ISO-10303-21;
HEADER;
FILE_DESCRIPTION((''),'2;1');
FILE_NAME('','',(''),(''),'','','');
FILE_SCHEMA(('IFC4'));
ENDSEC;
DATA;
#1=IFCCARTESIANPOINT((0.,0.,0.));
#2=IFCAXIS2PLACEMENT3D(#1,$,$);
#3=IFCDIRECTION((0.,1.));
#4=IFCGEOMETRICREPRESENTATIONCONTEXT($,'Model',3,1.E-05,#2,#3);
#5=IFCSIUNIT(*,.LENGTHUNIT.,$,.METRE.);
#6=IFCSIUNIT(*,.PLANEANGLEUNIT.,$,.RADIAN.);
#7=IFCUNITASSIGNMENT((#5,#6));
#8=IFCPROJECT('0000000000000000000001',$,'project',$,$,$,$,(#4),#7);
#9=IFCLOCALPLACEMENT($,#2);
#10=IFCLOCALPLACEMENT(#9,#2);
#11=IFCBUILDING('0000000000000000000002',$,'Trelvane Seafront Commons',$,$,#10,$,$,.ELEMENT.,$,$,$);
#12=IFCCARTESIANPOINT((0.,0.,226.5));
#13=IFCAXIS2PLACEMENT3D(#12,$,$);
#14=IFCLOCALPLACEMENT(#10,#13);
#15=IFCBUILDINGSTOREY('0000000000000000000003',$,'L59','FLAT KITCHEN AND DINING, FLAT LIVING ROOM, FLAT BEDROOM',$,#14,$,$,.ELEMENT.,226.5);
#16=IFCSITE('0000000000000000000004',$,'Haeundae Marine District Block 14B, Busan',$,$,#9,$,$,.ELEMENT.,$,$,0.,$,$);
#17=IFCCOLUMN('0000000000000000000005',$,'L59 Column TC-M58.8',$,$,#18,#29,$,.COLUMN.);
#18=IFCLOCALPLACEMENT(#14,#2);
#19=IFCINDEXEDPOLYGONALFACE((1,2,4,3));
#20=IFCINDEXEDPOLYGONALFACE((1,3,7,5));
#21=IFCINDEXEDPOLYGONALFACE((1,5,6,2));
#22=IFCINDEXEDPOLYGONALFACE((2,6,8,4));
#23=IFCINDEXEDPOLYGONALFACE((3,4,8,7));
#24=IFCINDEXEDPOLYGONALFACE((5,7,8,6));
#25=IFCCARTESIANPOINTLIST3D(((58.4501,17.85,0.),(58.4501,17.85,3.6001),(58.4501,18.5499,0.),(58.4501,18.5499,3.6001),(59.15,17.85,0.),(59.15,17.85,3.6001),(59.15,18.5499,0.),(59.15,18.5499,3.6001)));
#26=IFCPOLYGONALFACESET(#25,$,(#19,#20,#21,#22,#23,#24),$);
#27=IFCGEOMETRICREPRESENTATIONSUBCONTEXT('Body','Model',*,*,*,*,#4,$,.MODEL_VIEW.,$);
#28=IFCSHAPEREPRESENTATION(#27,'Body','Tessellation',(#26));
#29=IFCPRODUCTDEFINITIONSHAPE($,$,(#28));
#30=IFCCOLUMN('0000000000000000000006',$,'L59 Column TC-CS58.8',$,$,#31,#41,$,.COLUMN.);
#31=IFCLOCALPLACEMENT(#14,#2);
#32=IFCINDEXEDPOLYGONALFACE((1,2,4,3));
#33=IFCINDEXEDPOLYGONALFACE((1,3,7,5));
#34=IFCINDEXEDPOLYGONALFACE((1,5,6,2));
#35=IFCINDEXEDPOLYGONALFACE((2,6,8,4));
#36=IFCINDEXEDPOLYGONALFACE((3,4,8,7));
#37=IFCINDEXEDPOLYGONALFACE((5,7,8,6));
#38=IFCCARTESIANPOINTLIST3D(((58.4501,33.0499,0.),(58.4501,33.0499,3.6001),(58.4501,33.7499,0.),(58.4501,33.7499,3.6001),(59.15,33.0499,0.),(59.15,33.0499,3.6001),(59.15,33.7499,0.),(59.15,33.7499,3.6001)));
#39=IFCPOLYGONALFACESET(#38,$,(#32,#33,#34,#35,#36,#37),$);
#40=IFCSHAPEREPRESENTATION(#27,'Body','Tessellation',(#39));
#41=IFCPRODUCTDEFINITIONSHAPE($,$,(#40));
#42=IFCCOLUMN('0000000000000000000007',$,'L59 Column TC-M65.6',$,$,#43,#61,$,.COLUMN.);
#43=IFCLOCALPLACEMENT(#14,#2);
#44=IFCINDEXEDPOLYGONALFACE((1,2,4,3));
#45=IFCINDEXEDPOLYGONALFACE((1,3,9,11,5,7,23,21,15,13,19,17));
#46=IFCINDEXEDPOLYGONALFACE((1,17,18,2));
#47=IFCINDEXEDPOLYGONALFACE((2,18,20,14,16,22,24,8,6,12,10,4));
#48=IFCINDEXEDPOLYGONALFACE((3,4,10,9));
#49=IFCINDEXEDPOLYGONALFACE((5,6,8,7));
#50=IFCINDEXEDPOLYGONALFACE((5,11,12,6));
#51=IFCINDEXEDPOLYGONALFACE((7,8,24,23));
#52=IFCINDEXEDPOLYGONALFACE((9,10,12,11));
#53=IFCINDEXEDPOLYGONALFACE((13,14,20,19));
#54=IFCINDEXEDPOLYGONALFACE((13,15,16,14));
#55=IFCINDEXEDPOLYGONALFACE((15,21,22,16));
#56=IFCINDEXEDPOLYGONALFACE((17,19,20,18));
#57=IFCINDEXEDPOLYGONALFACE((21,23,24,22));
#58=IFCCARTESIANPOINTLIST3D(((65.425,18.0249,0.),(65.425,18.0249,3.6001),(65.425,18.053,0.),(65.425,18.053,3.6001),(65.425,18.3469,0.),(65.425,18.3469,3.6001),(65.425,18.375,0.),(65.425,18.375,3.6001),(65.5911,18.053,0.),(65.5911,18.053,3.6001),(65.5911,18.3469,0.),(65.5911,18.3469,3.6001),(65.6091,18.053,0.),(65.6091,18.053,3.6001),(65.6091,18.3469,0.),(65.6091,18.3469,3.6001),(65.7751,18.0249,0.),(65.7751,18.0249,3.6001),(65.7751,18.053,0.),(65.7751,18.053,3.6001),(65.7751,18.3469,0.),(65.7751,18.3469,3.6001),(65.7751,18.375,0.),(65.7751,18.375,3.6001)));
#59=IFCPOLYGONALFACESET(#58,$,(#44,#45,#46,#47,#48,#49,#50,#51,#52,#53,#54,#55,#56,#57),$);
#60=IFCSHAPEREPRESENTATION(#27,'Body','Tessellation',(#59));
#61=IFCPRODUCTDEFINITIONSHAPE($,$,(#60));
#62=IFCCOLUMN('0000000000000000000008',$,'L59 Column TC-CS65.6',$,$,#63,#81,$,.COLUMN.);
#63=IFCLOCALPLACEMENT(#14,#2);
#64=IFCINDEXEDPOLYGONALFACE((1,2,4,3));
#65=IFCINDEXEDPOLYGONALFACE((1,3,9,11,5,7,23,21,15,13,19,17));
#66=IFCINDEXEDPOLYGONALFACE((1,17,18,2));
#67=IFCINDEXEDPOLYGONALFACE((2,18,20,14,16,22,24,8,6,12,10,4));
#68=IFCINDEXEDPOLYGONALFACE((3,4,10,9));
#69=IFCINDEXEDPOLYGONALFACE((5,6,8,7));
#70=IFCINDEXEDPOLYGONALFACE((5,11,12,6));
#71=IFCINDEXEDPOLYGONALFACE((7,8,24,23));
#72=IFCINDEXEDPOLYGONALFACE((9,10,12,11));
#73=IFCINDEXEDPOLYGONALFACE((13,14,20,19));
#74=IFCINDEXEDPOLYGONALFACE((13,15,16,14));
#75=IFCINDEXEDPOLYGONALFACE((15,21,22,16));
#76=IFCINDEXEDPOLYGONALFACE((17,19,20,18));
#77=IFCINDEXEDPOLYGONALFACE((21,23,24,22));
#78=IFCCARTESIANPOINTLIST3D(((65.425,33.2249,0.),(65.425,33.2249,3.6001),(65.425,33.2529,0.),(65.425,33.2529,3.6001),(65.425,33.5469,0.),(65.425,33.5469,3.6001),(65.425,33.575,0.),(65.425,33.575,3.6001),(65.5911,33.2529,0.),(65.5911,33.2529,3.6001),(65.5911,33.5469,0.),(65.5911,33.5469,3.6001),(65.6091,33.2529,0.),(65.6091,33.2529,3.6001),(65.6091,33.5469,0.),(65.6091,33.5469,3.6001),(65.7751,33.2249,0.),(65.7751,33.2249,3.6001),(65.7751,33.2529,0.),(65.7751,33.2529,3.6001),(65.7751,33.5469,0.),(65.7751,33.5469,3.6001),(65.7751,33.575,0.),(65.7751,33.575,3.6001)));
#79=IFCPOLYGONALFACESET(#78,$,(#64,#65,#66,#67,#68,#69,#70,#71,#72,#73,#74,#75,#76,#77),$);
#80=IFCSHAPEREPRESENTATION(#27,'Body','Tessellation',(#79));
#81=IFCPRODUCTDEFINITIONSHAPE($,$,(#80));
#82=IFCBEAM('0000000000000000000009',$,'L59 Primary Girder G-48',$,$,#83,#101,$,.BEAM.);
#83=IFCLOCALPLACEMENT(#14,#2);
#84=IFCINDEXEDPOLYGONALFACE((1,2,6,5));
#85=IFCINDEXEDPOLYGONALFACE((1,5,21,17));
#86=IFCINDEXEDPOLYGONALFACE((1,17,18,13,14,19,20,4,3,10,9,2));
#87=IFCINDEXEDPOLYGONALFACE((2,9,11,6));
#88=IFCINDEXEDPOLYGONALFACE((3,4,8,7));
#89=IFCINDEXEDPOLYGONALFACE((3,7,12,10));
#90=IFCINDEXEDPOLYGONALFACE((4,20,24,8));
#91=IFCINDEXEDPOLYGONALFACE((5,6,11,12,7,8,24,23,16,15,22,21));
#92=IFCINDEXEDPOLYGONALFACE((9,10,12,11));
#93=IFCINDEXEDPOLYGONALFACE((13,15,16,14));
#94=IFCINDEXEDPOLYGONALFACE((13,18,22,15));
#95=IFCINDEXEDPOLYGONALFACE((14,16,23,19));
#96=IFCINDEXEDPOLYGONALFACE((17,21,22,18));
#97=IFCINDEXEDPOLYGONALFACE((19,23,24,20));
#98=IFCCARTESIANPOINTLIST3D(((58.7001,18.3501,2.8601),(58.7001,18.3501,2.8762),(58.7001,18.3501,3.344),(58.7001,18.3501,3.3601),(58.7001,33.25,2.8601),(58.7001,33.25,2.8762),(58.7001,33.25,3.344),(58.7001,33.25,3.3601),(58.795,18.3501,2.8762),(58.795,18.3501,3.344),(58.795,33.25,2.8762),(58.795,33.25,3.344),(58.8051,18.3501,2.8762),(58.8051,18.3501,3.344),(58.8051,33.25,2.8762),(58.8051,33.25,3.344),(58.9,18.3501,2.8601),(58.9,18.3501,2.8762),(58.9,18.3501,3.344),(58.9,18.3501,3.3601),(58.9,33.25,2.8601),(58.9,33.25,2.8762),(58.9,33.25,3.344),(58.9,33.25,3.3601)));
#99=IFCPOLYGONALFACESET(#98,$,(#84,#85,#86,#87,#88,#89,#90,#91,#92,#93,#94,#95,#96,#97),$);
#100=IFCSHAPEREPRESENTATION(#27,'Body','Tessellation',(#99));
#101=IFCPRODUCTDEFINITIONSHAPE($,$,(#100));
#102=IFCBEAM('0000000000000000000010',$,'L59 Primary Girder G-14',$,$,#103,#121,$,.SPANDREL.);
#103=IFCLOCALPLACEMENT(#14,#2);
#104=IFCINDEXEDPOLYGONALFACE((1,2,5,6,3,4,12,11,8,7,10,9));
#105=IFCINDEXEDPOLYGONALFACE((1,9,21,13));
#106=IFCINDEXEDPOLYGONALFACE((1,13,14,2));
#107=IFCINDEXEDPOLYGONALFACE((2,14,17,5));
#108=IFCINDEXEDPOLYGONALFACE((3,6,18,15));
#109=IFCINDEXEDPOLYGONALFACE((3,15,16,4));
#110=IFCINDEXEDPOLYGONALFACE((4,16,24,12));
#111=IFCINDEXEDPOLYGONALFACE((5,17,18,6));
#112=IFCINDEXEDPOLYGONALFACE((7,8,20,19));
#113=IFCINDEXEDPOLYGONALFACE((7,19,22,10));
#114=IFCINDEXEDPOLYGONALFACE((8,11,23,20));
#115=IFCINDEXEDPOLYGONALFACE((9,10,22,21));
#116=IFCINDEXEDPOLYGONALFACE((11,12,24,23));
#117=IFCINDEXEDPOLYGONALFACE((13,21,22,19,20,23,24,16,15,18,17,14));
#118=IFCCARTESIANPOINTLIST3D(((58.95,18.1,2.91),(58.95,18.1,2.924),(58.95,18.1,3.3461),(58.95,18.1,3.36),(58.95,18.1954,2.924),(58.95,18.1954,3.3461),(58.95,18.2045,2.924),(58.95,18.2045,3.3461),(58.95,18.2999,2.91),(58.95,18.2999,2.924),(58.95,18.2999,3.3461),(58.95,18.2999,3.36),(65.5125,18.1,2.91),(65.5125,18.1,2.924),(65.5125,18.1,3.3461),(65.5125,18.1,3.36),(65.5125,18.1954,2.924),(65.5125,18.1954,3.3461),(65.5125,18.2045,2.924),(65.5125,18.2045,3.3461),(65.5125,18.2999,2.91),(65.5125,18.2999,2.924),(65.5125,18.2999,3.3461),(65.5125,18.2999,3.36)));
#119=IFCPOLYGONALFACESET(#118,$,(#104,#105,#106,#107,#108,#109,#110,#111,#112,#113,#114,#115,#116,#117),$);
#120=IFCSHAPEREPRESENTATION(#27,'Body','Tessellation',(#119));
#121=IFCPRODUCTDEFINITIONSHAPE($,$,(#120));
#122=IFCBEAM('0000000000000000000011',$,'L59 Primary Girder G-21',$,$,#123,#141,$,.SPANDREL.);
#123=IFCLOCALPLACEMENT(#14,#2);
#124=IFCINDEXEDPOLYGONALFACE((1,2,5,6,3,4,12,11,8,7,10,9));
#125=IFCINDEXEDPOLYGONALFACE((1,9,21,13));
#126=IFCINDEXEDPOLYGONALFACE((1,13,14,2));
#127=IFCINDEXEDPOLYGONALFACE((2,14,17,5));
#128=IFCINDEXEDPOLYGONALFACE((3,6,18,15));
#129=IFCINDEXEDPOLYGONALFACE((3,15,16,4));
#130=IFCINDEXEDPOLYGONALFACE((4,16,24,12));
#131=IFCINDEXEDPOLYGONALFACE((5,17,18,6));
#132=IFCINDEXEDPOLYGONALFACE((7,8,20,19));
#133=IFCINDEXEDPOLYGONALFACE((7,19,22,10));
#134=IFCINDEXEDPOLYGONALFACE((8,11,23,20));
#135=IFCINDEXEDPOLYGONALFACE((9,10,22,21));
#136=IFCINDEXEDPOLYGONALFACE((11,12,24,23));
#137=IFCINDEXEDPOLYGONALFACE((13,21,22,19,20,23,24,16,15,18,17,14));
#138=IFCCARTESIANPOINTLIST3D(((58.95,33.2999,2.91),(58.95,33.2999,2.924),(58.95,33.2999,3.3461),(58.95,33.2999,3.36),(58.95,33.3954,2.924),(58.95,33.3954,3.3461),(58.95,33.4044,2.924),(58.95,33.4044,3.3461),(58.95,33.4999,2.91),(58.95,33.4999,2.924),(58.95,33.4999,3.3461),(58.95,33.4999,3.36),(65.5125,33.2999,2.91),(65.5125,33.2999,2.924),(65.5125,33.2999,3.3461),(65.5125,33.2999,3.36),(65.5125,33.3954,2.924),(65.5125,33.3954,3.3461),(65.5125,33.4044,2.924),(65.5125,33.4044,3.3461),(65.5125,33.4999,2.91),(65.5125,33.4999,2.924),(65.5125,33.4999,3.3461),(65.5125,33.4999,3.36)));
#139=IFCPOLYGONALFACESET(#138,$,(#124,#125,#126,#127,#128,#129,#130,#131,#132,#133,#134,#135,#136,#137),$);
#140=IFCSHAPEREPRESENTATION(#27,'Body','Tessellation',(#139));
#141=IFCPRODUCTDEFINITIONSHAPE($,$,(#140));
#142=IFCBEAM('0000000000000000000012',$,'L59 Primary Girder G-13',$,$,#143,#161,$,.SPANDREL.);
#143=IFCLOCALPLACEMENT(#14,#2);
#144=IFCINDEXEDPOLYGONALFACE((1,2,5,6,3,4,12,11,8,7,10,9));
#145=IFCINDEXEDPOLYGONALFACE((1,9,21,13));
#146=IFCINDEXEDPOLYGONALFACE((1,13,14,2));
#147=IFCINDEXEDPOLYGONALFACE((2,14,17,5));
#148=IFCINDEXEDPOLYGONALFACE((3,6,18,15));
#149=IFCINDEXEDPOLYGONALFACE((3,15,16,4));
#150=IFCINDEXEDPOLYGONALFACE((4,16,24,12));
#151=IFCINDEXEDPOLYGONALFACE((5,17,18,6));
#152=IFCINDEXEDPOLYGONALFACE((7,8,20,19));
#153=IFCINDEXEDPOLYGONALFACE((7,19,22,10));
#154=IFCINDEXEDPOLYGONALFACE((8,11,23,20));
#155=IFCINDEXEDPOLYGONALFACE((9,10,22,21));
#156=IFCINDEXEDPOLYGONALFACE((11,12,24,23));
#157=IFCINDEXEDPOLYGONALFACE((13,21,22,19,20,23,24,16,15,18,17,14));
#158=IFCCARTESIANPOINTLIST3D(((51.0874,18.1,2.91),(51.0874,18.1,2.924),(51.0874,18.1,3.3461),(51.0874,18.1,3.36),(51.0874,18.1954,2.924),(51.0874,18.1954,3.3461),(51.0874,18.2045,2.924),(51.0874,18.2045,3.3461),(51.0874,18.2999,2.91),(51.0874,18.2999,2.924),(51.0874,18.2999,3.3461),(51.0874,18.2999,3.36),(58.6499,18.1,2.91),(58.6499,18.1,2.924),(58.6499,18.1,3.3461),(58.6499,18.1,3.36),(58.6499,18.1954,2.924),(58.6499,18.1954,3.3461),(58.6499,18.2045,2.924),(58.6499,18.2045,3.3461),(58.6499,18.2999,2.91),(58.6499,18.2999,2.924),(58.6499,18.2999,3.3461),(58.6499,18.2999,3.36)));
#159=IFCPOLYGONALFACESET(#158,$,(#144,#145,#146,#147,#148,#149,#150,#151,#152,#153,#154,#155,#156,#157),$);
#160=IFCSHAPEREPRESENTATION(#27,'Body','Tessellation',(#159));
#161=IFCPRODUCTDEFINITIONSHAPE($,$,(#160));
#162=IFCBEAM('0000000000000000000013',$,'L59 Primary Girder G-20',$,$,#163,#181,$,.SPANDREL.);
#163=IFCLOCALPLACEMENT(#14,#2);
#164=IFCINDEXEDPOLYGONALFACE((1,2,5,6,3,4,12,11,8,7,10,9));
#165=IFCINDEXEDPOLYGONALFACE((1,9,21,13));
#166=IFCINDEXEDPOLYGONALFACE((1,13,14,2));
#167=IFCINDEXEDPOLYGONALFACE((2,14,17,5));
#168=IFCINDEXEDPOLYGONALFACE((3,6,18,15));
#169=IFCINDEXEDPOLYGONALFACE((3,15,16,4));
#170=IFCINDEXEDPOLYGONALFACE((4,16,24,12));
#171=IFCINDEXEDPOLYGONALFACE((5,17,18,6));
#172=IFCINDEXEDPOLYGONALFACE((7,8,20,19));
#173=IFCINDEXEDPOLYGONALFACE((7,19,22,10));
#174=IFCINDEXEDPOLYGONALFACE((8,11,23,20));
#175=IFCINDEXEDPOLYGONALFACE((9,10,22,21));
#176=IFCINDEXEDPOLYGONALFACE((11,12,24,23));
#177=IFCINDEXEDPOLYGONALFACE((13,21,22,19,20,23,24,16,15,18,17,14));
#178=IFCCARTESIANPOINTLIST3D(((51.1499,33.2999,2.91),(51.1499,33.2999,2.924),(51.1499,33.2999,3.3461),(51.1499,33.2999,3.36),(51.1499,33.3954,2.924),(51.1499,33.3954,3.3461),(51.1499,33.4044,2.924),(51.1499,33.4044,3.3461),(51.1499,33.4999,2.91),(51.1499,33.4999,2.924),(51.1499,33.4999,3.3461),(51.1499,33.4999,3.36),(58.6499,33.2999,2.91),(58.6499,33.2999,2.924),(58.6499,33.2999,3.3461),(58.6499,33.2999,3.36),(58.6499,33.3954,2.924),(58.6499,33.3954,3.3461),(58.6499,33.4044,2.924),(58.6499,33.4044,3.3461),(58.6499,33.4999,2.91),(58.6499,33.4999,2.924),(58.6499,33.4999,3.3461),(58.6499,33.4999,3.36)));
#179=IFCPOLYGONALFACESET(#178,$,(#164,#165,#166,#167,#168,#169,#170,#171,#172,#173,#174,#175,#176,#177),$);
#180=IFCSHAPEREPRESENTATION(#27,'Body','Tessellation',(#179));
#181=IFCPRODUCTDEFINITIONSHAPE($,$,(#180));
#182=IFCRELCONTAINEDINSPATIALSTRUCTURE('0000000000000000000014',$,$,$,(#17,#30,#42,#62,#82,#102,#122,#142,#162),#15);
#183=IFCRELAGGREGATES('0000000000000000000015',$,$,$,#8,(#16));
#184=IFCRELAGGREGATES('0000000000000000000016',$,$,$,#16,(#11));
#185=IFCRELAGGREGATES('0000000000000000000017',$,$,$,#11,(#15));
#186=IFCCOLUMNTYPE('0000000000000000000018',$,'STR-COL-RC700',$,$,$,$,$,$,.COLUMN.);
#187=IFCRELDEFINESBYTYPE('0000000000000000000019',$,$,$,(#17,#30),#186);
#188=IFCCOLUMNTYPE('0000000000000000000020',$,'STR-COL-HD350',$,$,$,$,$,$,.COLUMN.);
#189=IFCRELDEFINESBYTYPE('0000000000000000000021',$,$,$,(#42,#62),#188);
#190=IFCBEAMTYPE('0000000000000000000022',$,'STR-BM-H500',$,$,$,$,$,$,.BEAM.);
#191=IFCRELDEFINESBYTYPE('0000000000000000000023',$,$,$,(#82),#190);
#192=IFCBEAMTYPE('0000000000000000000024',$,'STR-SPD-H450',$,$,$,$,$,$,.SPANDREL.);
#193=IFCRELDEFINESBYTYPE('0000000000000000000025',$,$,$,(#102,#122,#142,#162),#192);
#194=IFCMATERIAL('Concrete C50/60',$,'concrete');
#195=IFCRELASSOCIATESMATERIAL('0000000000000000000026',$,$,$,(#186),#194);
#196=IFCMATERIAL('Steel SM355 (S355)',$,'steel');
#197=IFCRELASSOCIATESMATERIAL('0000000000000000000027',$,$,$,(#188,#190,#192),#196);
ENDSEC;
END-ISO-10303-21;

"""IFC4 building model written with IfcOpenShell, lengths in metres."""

from ifc_helpers import new_model, si_unit, direction, frame, origin, origin_2d, place, context, subcontext, project, spatial, rectangle, i_section, extrude, source, transform, mapped, material, material_profile, profile_set, type_object, element, save


model = new_model("IFC4")

# Units and contexts
model_context = context("Model", 3, precision=1e-05, world=origin(), true_north=direction((0.0, 1.0)))
body_context = subcontext(model_context, "Body", "Model", "MODEL_VIEW")
ifc_project = project(units=[si_unit("LENGTHUNIT", "METRE"), si_unit("PLANEANGLEUNIT", "RADIAN")], contexts=[model_context])

# Site, building, storey
site_placement = place(None, origin())
site = spatial("IfcSite", under=ifc_project, at=site_placement, Name="Haeundae Marine District Block 14B, Busan", CompositionType="ELEMENT", RefElevation=0.0)
building_placement = place(site_placement, origin())
building = spatial("IfcBuilding", under=site, at=building_placement, Name="Trelvane Seafront Commons", CompositionType="ELEMENT")
storey_placement = place(building_placement, frame((0.0, 0.0, 226.5)))
storey = spatial("IfcBuildingStorey", under=building, at=storey_placement, Name="L59", Description="FLAT KITCHEN AND DINING, FLAT LIVING ROOM, FLAT BEDROOM", CompositionType="ELEMENT", Elevation=226.5)

# Columns
ifc_material_1 = material(Name="Concrete C50/60", Category="concrete")
ifc_material_profile_1 = material_profile(ifc_material_1, rectangle(XDim=0.7, YDim=0.7, at=origin_2d()), Name="RC-700x700")
ifc_profile_set_1 = profile_set([ifc_material_profile_1], Name="Concrete C50/60")
column_type_1 = type_object("IfcColumnType", Name="STR-COL-RC700", PredefinedType="COLUMN", material=ifc_profile_set_1)
shared_shape_1 = source(origin(), body_context, "Body", "SweptSolid", [
    extrude(rectangle(XDim=0.7, YDim=0.7, at=origin_2d()), origin(), (0.0, 0.0, 1.0), 3.6001),
])
for number, where, z_axis, x_axis, name in (
    (1, (58.8, 18.2, 0.0), (0.0, 0.0, 1.0), (1.0, 0.0, 0.0), "L59 Column TC-M58.8"),
    (2, (58.8, 33.3999, 0.0), (0.0, 0.0, 1.0), (1.0, 0.0, 0.0), "L59 Column TC-CS58.8"),
):
    element("IfcColumn", number, at=place(storey_placement, frame(where, z_axis=z_axis, x_axis=x_axis)), inside=storey, type_object=column_type_1, Name=name, PredefinedType="COLUMN", context=body_context, shape_type="MappedRepresentation", body=[
        mapped(shared_shape_1, transform((0.0, 0.0, 0.0), x_axis=(1.0, 0.0, 0.0), y_axis=(0.0, 1.0, 0.0), z_axis=(0.0, 0.0, 1.0), scale=1.0)),
    ])
ifc_material_2 = material(Name="Steel SM355 (S355)", Category="steel")
ifc_material_profile_2 = material_profile(ifc_material_2, i_section(OverallWidth=0.3501, OverallDepth=0.3501, WebThickness=0.0181, FlangeThickness=0.0281, at=origin_2d()), Name="HD-350x350x18x28")
ifc_profile_set_2 = profile_set([ifc_material_profile_2], Name="Steel SM355 (S355)")
column_type_2 = type_object("IfcColumnType", Name="STR-COL-HD350", PredefinedType="COLUMN", material=ifc_profile_set_2)
shared_shape_2 = source(origin(), body_context, "Body", "SweptSolid", [
    extrude(i_section(OverallWidth=0.3501, OverallDepth=0.3501, WebThickness=0.0181, FlangeThickness=0.0281, at=origin_2d()), origin(), (0.0, 0.0, 1.0), 3.6001),
])
for number, where, z_axis, x_axis, name in (
    (3, (65.6001, 18.2, 0.0), (0.0, 0.0, 1.0), (1.0, 0.0, 0.0), "L59 Column TC-M65.6"),
    (4, (65.6001, 33.3999, 0.0), (0.0, 0.0, 1.0), (1.0, 0.0, 0.0), "L59 Column TC-CS65.6"),
):
    element("IfcColumn", number, at=place(storey_placement, frame(where, z_axis=z_axis, x_axis=x_axis)), inside=storey, type_object=column_type_2, Name=name, PredefinedType="COLUMN", context=body_context, shape_type="MappedRepresentation", body=[
        mapped(shared_shape_2, transform((0.0, 0.0, 0.0), x_axis=(1.0, 0.0, 0.0), y_axis=(0.0, 1.0, 0.0), z_axis=(0.0, 0.0, 1.0), scale=1.0)),
    ])

# Beams
ifc_material_profile_3 = material_profile(ifc_material_2, i_section(OverallWidth=0.2, OverallDepth=0.5, WebThickness=0.01, FlangeThickness=0.0161, at=origin_2d()), Name="H-500x200x10x16")
ifc_profile_set_3 = profile_set([ifc_material_profile_3], Name="Steel SM355 (S355)")
beam_type_1 = type_object("IfcBeamType", Name="STR-BM-H500", PredefinedType="BEAM", material=ifc_profile_set_3)
shared_shape_3 = source(origin(), body_context, "Body", "SweptSolid", [
    extrude(i_section(OverallWidth=0.2, OverallDepth=0.5, WebThickness=0.01, FlangeThickness=0.0161, at=origin_2d()), origin(), (0.0, 0.0, 1.0), 14.8999),
])
beam_1_placement = place(storey_placement, frame((58.8, 18.3501, 3.1101), z_axis=(0.0, 1.0, 0.0), x_axis=(-1.0, 0.0, 0.0)))
element("IfcBeam", 5, at=beam_1_placement, inside=storey, type_object=beam_type_1, Name="L59 Primary Girder G-48", PredefinedType="BEAM", context=body_context, shape_type="MappedRepresentation", body=[
    mapped(shared_shape_3, transform((0.0, 0.0, 0.0), x_axis=(1.0, 0.0, 0.0), y_axis=(0.0, 1.0, 0.0), z_axis=(0.0, 0.0, 1.0), scale=1.0)),
])
ifc_material_profile_4 = material_profile(ifc_material_2, i_section(OverallWidth=0.2, OverallDepth=0.45, WebThickness=0.009, FlangeThickness=0.0139, at=origin_2d()), Name="H-450x200x9x14")
ifc_profile_set_4 = profile_set([ifc_material_profile_4], Name="Steel SM355 (S355)")
beam_type_2 = type_object("IfcBeamType", Name="STR-SPD-H450", PredefinedType="SPANDREL", material=ifc_profile_set_4)
shared_shape_4 = source(origin(), body_context, "Body", "SweptSolid", [
    extrude(i_section(OverallWidth=0.2, OverallDepth=0.45, WebThickness=0.009, FlangeThickness=0.0139, at=origin_2d()), origin(), (0.0, 0.0, 1.0), 6.5625),
])
for number, where, z_axis, x_axis, name in (
    (6, (58.95, 18.2, 3.135), (1.0, 0.0, 0.0), (0.0, 1.0, 0.0), "L59 Primary Girder G-14"),
    (7, (58.95, 33.3999, 3.135), (1.0, 0.0, 0.0), (0.0, 1.0, 0.0), "L59 Primary Girder G-21"),
):
    element("IfcBeam", number, at=place(storey_placement, frame(where, z_axis=z_axis, x_axis=x_axis)), inside=storey, type_object=beam_type_2, Name=name, PredefinedType="SPANDREL", context=body_context, shape_type="MappedRepresentation", body=[
        mapped(shared_shape_4, transform((0.0, 0.0, 0.0), x_axis=(1.0, 0.0, 0.0), y_axis=(0.0, 1.0, 0.0), z_axis=(0.0, 0.0, 1.0), scale=1.0)),
    ])
shared_shape_5 = source(origin(), body_context, "Body", "SweptSolid", [
    extrude(i_section(OverallWidth=0.2, OverallDepth=0.45, WebThickness=0.009, FlangeThickness=0.0139, at=origin_2d()), origin(), (0.0, 0.0, 1.0), 7.5625),
])
beam_2_placement = place(storey_placement, frame((51.0874, 18.2, 3.135), z_axis=(1.0, 0.0, 0.0), x_axis=(0.0, 1.0, 0.0)))
element("IfcBeam", 8, at=beam_2_placement, inside=storey, type_object=beam_type_2, Name="L59 Primary Girder G-13", PredefinedType="SPANDREL", context=body_context, shape_type="MappedRepresentation", body=[
    mapped(shared_shape_5, transform((0.0, 0.0, 0.0), x_axis=(1.0, 0.0, 0.0), y_axis=(0.0, 1.0, 0.0), z_axis=(0.0, 0.0, 1.0), scale=1.0)),
])
shared_shape_6 = source(origin(), body_context, "Body", "SweptSolid", [
    extrude(i_section(OverallWidth=0.2, OverallDepth=0.45, WebThickness=0.009, FlangeThickness=0.0139, at=origin_2d()), origin(), (0.0, 0.0, 1.0), 7.5),
])
beam_3_placement = place(storey_placement, frame((51.1499, 33.3999, 3.135), z_axis=(1.0, 0.0, 0.0), x_axis=(0.0, 1.0, 0.0)))
element("IfcBeam", 9, at=beam_3_placement, inside=storey, type_object=beam_type_2, Name="L59 Primary Girder G-20", PredefinedType="SPANDREL", context=body_context, shape_type="MappedRepresentation", body=[
    mapped(shared_shape_6, transform((0.0, 0.0, 0.0), x_axis=(1.0, 0.0, 0.0), y_axis=(0.0, 1.0, 0.0), z_axis=(0.0, 0.0, 1.0), scale=1.0)),
])

save(model, "model.ifc")
